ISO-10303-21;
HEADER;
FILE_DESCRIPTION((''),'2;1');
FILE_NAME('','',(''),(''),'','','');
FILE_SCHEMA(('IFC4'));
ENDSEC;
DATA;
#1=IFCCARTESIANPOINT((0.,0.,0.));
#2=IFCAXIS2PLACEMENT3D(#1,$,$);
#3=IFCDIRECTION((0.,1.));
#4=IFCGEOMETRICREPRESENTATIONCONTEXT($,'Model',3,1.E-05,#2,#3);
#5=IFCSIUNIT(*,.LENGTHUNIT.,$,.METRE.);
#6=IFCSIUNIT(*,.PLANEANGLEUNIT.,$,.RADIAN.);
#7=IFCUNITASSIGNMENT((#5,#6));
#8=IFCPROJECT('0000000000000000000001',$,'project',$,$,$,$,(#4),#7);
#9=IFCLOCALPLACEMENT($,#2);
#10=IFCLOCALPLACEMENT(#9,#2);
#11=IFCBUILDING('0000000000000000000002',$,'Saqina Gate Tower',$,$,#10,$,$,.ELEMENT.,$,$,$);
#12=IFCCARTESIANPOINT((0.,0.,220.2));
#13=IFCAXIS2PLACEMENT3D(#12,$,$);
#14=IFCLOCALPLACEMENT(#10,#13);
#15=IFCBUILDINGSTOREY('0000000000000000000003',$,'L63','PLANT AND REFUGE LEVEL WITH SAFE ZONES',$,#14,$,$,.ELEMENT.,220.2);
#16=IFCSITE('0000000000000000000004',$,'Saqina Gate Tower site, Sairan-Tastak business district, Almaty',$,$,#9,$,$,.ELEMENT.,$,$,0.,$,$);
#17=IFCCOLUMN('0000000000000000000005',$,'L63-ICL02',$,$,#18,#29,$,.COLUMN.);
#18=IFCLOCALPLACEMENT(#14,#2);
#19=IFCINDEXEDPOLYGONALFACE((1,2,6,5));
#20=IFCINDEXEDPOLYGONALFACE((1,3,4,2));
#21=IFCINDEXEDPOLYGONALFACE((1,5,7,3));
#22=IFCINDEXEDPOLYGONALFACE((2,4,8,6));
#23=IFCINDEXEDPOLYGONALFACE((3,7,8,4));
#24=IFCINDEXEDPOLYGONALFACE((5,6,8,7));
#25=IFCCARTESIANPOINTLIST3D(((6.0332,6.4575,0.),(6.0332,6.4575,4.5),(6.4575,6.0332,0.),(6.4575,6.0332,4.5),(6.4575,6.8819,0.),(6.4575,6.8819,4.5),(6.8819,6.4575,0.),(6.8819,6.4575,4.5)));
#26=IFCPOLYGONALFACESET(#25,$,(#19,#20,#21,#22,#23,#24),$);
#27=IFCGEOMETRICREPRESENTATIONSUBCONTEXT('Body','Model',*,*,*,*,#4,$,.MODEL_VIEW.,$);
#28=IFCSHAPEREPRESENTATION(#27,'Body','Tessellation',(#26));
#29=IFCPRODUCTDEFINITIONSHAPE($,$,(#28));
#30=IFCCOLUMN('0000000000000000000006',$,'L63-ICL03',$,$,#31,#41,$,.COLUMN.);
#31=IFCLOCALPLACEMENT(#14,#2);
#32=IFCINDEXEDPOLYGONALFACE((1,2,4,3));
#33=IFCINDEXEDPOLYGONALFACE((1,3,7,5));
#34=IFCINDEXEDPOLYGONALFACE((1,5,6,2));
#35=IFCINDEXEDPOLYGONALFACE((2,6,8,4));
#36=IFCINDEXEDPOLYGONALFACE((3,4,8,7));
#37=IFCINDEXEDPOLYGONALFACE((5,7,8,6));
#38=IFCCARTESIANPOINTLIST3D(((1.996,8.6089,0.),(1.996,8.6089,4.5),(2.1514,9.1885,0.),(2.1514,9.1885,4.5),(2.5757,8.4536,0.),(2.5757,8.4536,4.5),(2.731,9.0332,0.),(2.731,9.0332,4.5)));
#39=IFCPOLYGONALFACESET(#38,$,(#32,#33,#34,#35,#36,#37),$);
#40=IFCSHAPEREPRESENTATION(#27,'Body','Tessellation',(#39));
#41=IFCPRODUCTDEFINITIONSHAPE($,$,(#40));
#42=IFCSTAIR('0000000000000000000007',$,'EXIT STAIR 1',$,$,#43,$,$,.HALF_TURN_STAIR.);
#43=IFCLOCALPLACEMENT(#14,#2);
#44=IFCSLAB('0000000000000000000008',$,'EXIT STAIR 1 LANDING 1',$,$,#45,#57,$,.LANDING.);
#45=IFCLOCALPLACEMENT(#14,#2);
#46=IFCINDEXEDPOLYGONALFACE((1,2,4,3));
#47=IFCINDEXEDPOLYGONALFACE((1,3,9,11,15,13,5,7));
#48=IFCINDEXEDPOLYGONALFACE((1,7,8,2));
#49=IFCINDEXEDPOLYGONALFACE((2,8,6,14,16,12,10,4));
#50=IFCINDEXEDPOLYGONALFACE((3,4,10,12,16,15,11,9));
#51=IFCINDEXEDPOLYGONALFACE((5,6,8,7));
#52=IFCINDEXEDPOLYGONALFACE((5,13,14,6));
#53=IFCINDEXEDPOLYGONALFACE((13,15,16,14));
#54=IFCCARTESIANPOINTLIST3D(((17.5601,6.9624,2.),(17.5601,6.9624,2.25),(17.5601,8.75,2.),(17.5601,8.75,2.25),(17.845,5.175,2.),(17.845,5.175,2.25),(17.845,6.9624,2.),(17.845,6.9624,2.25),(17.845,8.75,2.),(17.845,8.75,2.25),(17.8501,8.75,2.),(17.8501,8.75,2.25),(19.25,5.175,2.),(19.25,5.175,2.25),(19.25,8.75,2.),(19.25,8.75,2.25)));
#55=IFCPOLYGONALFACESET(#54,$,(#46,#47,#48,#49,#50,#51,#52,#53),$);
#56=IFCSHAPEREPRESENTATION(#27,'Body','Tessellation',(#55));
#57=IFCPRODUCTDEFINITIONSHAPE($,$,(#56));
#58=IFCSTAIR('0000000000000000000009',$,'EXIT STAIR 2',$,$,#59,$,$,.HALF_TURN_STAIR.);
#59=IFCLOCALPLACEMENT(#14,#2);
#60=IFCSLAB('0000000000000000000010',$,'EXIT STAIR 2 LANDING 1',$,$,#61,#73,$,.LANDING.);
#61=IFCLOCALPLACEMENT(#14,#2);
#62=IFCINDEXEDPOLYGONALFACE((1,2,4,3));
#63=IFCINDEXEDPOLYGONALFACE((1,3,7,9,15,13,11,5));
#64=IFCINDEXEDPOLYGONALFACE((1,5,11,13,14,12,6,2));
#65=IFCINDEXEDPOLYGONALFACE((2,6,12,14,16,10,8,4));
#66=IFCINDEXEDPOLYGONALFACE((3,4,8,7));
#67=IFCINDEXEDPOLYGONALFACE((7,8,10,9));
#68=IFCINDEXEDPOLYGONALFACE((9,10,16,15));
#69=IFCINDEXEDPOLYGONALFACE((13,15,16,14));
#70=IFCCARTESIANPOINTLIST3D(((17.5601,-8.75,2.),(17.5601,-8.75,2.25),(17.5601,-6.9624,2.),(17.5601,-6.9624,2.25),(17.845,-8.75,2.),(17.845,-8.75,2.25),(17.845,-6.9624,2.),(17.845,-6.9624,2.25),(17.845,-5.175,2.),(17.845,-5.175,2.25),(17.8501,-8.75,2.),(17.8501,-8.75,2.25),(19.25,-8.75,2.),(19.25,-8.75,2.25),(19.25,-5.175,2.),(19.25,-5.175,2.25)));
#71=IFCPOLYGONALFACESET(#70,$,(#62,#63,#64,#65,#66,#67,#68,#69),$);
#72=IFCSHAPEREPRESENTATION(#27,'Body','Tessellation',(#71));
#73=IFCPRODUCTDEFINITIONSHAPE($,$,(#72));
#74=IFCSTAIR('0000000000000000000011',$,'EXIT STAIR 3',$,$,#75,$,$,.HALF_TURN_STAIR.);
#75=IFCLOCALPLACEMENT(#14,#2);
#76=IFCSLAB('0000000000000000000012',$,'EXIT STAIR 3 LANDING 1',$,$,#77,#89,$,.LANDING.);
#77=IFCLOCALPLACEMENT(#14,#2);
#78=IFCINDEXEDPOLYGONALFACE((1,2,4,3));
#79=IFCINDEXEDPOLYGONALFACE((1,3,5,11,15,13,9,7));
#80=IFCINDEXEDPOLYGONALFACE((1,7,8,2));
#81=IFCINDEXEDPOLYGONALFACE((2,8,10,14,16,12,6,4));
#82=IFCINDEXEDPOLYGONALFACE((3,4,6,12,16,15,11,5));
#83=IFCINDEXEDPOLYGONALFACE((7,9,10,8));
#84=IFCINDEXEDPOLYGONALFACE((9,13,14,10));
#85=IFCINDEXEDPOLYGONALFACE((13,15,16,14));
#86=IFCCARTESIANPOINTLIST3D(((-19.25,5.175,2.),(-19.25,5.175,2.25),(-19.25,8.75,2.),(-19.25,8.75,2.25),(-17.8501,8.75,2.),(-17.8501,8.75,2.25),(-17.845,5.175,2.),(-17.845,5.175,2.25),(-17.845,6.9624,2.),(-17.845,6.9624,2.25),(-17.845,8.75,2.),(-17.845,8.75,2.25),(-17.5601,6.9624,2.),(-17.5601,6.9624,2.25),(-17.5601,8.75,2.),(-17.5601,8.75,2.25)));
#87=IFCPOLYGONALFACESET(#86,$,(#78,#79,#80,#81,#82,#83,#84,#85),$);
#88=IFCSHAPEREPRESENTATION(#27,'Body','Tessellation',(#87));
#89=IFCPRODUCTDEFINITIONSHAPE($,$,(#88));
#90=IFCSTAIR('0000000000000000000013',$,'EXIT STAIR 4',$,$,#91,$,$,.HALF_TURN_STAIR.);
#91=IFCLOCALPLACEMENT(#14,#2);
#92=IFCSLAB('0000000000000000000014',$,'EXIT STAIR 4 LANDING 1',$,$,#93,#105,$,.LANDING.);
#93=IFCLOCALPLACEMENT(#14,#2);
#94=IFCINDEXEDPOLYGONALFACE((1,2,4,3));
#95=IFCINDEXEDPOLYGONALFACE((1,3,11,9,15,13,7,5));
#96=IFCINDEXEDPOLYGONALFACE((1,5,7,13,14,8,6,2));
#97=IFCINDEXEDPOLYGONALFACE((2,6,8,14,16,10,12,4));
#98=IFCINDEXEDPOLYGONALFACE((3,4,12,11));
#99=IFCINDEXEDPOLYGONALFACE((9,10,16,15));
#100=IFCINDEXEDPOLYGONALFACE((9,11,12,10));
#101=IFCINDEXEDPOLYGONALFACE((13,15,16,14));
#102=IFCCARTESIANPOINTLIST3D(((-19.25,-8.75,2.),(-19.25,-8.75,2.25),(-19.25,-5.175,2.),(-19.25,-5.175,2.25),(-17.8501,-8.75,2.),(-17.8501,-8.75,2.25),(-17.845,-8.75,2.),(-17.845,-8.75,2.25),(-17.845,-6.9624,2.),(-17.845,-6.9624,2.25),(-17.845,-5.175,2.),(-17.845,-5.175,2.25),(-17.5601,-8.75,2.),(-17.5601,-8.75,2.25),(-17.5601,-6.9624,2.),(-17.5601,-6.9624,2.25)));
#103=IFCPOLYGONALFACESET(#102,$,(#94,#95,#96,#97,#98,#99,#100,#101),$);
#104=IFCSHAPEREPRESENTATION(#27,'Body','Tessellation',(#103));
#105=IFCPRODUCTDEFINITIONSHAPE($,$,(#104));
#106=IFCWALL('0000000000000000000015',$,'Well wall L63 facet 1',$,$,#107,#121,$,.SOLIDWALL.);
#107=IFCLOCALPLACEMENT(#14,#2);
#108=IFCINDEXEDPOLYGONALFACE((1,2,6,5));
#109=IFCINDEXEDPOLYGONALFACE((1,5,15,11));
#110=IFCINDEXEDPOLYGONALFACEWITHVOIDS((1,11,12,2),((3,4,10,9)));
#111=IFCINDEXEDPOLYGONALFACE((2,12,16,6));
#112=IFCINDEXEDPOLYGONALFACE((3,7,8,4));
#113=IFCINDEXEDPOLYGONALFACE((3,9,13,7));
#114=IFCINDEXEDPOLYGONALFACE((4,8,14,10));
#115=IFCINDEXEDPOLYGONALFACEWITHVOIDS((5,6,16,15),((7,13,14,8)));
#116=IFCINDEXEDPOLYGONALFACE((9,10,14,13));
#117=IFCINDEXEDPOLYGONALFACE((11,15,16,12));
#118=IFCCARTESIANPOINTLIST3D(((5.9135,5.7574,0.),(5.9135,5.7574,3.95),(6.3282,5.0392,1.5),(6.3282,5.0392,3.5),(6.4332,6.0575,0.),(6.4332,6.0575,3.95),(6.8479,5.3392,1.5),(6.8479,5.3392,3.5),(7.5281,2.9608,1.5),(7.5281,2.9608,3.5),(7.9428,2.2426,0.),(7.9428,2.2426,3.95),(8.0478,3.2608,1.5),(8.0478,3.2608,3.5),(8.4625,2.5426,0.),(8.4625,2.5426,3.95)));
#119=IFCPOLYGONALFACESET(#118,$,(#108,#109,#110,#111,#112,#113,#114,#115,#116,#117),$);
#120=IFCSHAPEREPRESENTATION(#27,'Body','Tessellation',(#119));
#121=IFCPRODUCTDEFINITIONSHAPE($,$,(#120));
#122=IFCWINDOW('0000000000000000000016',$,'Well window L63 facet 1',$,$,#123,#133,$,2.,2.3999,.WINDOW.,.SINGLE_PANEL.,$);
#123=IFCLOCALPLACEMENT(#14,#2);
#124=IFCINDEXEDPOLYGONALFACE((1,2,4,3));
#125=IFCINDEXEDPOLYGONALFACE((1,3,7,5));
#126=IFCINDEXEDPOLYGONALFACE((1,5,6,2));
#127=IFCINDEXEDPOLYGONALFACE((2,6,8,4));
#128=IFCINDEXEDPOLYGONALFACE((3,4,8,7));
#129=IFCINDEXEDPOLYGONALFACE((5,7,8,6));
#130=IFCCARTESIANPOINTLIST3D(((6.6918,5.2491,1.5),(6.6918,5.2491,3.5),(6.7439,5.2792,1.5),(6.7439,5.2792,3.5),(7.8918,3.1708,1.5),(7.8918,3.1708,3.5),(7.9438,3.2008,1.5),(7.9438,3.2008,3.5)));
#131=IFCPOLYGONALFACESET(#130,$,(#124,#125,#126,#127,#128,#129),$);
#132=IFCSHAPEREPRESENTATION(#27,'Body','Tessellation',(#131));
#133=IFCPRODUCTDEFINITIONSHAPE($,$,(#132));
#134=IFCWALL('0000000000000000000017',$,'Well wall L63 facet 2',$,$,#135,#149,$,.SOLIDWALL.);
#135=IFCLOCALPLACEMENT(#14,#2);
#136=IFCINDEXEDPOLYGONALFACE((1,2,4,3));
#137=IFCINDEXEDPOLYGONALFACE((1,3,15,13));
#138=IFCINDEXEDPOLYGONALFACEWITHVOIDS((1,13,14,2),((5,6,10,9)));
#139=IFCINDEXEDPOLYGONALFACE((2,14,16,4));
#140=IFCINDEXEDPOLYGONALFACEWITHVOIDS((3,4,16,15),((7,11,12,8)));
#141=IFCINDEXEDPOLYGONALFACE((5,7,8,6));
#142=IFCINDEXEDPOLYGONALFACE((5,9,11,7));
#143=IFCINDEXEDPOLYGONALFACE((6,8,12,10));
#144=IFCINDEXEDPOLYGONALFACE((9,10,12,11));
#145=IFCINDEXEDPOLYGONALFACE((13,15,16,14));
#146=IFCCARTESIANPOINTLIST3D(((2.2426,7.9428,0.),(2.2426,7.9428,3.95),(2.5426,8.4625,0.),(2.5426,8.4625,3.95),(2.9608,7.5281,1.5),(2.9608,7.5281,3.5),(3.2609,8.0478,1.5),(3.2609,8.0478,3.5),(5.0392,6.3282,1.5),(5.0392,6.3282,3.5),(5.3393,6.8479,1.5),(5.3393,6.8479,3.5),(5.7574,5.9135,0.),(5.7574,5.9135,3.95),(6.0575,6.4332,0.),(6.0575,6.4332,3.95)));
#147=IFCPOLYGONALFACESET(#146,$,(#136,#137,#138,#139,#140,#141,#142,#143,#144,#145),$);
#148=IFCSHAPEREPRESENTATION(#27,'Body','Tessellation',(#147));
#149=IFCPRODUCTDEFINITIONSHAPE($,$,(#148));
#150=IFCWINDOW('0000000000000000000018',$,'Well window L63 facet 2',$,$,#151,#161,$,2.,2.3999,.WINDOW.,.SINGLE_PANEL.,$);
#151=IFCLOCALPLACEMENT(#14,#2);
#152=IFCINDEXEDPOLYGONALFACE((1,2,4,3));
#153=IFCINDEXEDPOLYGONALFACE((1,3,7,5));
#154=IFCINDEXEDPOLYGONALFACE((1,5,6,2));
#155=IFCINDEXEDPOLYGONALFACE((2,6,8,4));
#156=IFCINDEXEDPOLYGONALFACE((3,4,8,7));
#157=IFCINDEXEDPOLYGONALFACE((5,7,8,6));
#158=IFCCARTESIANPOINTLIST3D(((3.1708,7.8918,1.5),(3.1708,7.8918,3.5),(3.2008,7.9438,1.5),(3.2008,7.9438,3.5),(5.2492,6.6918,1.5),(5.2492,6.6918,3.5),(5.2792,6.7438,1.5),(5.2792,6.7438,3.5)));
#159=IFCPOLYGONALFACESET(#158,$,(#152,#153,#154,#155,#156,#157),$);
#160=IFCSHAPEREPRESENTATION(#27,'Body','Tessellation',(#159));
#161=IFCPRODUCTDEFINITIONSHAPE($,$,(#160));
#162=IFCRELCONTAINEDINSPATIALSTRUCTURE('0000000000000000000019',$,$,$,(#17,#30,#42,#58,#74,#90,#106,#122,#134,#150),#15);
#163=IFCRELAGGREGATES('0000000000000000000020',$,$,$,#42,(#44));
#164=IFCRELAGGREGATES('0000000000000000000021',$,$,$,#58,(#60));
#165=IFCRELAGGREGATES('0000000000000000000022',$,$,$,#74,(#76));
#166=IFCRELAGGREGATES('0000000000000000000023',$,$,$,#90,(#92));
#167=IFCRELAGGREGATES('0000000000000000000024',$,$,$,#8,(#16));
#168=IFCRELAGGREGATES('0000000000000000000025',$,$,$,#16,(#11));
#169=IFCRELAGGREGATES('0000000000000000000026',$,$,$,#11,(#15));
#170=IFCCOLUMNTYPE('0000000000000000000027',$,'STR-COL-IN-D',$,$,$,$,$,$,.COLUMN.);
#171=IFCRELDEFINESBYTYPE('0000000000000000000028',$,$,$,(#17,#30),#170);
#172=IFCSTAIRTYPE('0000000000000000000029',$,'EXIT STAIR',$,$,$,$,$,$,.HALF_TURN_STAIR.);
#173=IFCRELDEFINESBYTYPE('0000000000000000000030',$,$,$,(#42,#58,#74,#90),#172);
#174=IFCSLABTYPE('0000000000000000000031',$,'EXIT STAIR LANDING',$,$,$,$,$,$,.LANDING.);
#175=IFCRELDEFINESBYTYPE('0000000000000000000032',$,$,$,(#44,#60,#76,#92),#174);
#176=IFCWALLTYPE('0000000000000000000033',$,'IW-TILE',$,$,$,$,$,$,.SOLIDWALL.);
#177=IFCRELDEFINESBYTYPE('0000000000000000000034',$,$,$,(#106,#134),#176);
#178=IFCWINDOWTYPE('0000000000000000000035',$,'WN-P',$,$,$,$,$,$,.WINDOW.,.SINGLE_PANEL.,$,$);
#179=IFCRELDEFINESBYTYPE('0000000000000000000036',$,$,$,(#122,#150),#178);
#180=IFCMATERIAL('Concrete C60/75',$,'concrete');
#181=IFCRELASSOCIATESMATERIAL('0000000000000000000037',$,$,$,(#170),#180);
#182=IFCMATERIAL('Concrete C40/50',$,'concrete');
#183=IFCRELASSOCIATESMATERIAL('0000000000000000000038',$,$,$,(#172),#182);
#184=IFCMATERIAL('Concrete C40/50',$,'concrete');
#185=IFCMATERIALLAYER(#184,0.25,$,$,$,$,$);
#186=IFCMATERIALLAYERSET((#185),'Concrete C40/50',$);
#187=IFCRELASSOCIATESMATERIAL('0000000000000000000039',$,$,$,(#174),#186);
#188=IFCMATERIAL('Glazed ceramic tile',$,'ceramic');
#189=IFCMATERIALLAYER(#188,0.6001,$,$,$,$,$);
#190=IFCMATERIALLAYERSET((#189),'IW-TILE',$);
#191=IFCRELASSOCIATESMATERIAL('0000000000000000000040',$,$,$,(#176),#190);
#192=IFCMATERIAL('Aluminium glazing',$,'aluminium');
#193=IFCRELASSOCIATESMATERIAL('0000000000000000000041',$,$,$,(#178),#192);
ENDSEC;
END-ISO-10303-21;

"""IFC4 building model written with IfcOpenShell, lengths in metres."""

from ifc_helpers import new_model, si_unit, direction, frame, frame_2d, origin, origin_2d, place, context, subcontext, project, spatial, polyline, rectangle, outline, extrude, material, layer, layer_set, material_profile, profile_set, type_object, element, fill, aggregate, save


model = new_model("IFC4")

# Units and contexts
model_context = context("Model", 3, precision=1e-05, world=origin(), true_north=direction((0.0, 1.0)))
body_context = subcontext(model_context, "Body", "Model", "MODEL_VIEW")
ifc_project = project(units=[si_unit("LENGTHUNIT", "METRE"), si_unit("PLANEANGLEUNIT", "RADIAN")], contexts=[model_context])

# Site, building, storey
site_placement = place(None, origin())
site = spatial("IfcSite", under=ifc_project, at=site_placement, Name="Saqina Gate Tower site, Sairan-Tastak business district, Almaty", CompositionType="ELEMENT", RefElevation=0.0)
building_placement = place(site_placement, origin())
building = spatial("IfcBuilding", under=site, at=building_placement, Name="Saqina Gate Tower", CompositionType="ELEMENT")
storey_placement = place(building_placement, frame((0.0, 0.0, 220.2)))
storey = spatial("IfcBuildingStorey", under=building, at=storey_placement, Name="L63", Description="PLANT AND REFUGE LEVEL WITH SAFE ZONES", CompositionType="ELEMENT", Elevation=220.2)

# Columns
ifc_material_1 = material(Name="Concrete C60/75", Category="concrete")
ifc_material_profile = material_profile(ifc_material_1, rectangle(XDim=0.6001, YDim=0.6001, at=origin_2d()), Name="RC 600x600")
ifc_profile_set = profile_set([ifc_material_profile], Name="Concrete C60/75")
column_type = type_object("IfcColumnType", Name="STR-COL-IN-D", PredefinedType="COLUMN", material=ifc_profile_set)
for number, where, z_axis, x_axis, name in (
    (1, (6.4575, 6.4575, 0.0), (0.0, 0.0, 1.0), (0.707107, 0.707107, 0.0), "L63-ICL02"),
    (2, (2.3635, 8.821, 0.0), (0.0, 0.0, 1.0), (0.258819, 0.965926, 0.0), "L63-ICL03"),
):
    element("IfcColumn", number, at=place(storey_placement, frame(where, z_axis=z_axis, x_axis=x_axis)), inside=storey, type_object=column_type, Name=name, PredefinedType="COLUMN", context=body_context, shape_type="SweptSolid", body=[
        extrude(rectangle(XDim=0.6001, YDim=0.6001, at=origin_2d()), origin(), (0.0, 0.0, 1.0), 4.5),
    ])

# Stairs, slabs
ifc_material_2 = material(Name="Concrete C40/50", Category="concrete")
stair_type = type_object("IfcStairType", Name="EXIT STAIR", PredefinedType="HALF_TURN_STAIR", material=ifc_material_2)
stair_1_placement = place(storey_placement, origin())
stair_1 = element("IfcStair", 3, at=stair_1_placement, inside=storey, type_object=stair_type, Name="EXIT STAIR 1", PredefinedType="HALF_TURN_STAIR")
ifc_material_3 = material(Name="Concrete C40/50", Category="concrete")
ifc_layer_1 = layer(ifc_material_3, 0.25)
ifc_layer_set_1 = layer_set([ifc_layer_1], Name="Concrete C40/50")
slab_type = type_object("IfcSlabType", Name="EXIT STAIR LANDING", PredefinedType="LANDING", material=ifc_layer_set_1)
slab_1_placement = place(storey_placement, frame((0.0, 0.0, 2.0)))
slab_1 = element("IfcSlab", 4, at=slab_1_placement, type_object=slab_type, Name="EXIT STAIR 1 LANDING 1", PredefinedType="LANDING", context=body_context, shape_type="SweptSolid", body=[
    extrude(outline(polyline([(19.25, 8.75), (19.25, 5.175), (17.845, 5.175), (17.845, 6.9624), (17.5601, 6.9624), (17.5601, 8.75), (17.845, 8.75), (17.8501, 8.75), (19.25, 8.75)])), origin(), (0.0, 0.0, 1.0), 0.25),
])
aggregate(stair_1, [slab_1])
stair_2_placement = place(storey_placement, origin())
stair_2 = element("IfcStair", 5, at=stair_2_placement, inside=storey, type_object=stair_type, Name="EXIT STAIR 2", PredefinedType="HALF_TURN_STAIR")
slab_2_placement = place(storey_placement, frame((0.0, 0.0, 2.0)))
slab_2 = element("IfcSlab", 6, at=slab_2_placement, type_object=slab_type, Name="EXIT STAIR 2 LANDING 1", PredefinedType="LANDING", context=body_context, shape_type="SweptSolid", body=[
    extrude(outline(polyline([(17.5601, -8.75), (17.5601, -6.9624), (17.845, -6.9624), (17.845, -5.175), (19.25, -5.175), (19.25, -8.75), (17.8501, -8.75), (17.845, -8.75), (17.5601, -8.75)])), origin(), (0.0, 0.0, 1.0), 0.25),
])
aggregate(stair_2, [slab_2])
stair_3_placement = place(storey_placement, origin())
stair_3 = element("IfcStair", 7, at=stair_3_placement, inside=storey, type_object=stair_type, Name="EXIT STAIR 3", PredefinedType="HALF_TURN_STAIR")
slab_3_placement = place(storey_placement, frame((0.0, 0.0, 2.0)))
slab_3 = element("IfcSlab", 8, at=slab_3_placement, type_object=slab_type, Name="EXIT STAIR 3 LANDING 1", PredefinedType="LANDING", context=body_context, shape_type="SweptSolid", body=[
    extrude(outline(polyline([(-17.845, 5.175), (-19.25, 5.175), (-19.25, 8.75), (-17.8501, 8.75), (-17.845, 8.75), (-17.5601, 8.75), (-17.5601, 6.9624), (-17.845, 6.9624), (-17.845, 5.175)])), origin(), (0.0, 0.0, 1.0), 0.25),
])
aggregate(stair_3, [slab_3])
stair_4_placement = place(storey_placement, origin())
stair_4 = element("IfcStair", 9, at=stair_4_placement, inside=storey, type_object=stair_type, Name="EXIT STAIR 4", PredefinedType="HALF_TURN_STAIR")
slab_4_placement = place(storey_placement, frame((0.0, 0.0, 2.0)))
slab_4 = element("IfcSlab", 10, at=slab_4_placement, type_object=slab_type, Name="EXIT STAIR 4 LANDING 1", PredefinedType="LANDING", context=body_context, shape_type="SweptSolid", body=[
    extrude(outline(polyline([(-17.5601, -6.9624), (-17.5601, -8.75), (-17.845, -8.75), (-17.8501, -8.75), (-19.25, -8.75), (-19.25, -5.175), (-17.845, -5.175), (-17.845, -6.9624), (-17.5601, -6.9624)])), origin(), (0.0, 0.0, 1.0), 0.25),
])
aggregate(stair_4, [slab_4])

# Walls, openings, windows
ifc_material_4 = material(Name="Glazed ceramic tile", Category="ceramic")
ifc_layer_2 = layer(ifc_material_4, 0.6001)
ifc_layer_set_2 = layer_set([ifc_layer_2], Name="IW-TILE")
wall_type_1 = type_object("IfcWallType", Name="IW-TILE", PredefinedType="SOLIDWALL", material=ifc_layer_set_2)
wall_1_placement = place(storey_placement, frame((8.2026, 2.3926, 0.0), z_axis=(0.0, 0.0, 1.0), x_axis=(-0.499995, 0.866028, 0.0)))
wall_1 = element("IfcWall", 11, at=wall_1_placement, inside=storey, type_object=wall_type_1, Name="Well wall L63 facet 1", PredefinedType="SOLIDWALL", context=body_context, shape_type="SweptSolid", body=[
    extrude(rectangle(XDim=4.0586, YDim=0.6001, at=frame_2d((2.0293, 0.0))), origin(), (0.0, 0.0, 1.0), 3.95),
])
opening_1_placement = place(wall_1_placement, frame((0.8293, 0.0, 1.5)))
opening_1 = element("IfcOpeningElement", 12, at=opening_1_placement, cuts=wall_1, PredefinedType="OPENING", context=body_context, shape_type="SweptSolid", body=[
    extrude(rectangle(XDim=2.3999, YDim=2.0, at=frame_2d((1.2, 1.0))), frame((0.0, 0.312, 0.0), z_axis=(0.0, -1.0, 0.0), x_axis=(1.0, 0.0, 0.0)), (0.0, 0.0, 1.0), 0.624),
])
ifc_material_5 = material(Name="Aluminium glazing", Category="aluminium")
window_type = type_object("IfcWindowType", Name="WN-P", PartitioningType="SINGLE_PANEL", PredefinedType="WINDOW", material=ifc_material_5)
window_1_placement = place(opening_1_placement, origin())
window_1 = element("IfcWindow", 13, at=window_1_placement, inside=storey, type_object=window_type, Name="Well window L63 facet 1", OverallHeight=2.0, OverallWidth=2.3999, PartitioningType="SINGLE_PANEL", PredefinedType="WINDOW", context=body_context, shape_type="SweptSolid", body=[
    extrude(rectangle(XDim=2.3999, YDim=2.0, at=frame_2d((1.2, 1.0))), frame((0.0, -0.1199, 0.0), z_axis=(0.0, -1.0, 0.0), x_axis=(1.0, 0.0, 0.0)), (0.0, 0.0, 1.0), 0.0601),
])
fill(opening_1, window_1)
wall_2_placement = place(storey_placement, frame((5.9075, 6.1733, 0.0), z_axis=(0.0, 0.0, 1.0), x_axis=(-0.866028, 0.499995, 0.0)))
wall_2 = element("IfcWall", 14, at=wall_2_placement, inside=storey, type_object=wall_type_1, Name="Well wall L63 facet 2", PredefinedType="SOLIDWALL", context=body_context, shape_type="SweptSolid", body=[
    extrude(rectangle(XDim=4.0586, YDim=0.6001, at=frame_2d((2.0293, 0.0))), origin(), (0.0, 0.0, 1.0), 3.95),
])
opening_2_placement = place(wall_2_placement, frame((0.8293, 0.0, 1.5)))
opening_2 = element("IfcOpeningElement", 15, at=opening_2_placement, cuts=wall_2, PredefinedType="OPENING", context=body_context, shape_type="SweptSolid", body=[
    extrude(rectangle(XDim=2.3999, YDim=2.0, at=frame_2d((1.2, 1.0))), frame((0.0, 0.312, 0.0), z_axis=(0.0, -1.0, 0.0), x_axis=(1.0, 0.0, 0.0)), (0.0, 0.0, 1.0), 0.624),
])
window_2_placement = place(opening_2_placement, origin())
window_2 = element("IfcWindow", 16, at=window_2_placement, inside=storey, type_object=window_type, Name="Well window L63 facet 2", OverallHeight=2.0, OverallWidth=2.3999, PartitioningType="SINGLE_PANEL", PredefinedType="WINDOW", context=body_context, shape_type="SweptSolid", body=[
    extrude(rectangle(XDim=2.3999, YDim=2.0, at=frame_2d((1.2, 1.0))), frame((0.0, -0.1199, 0.0), z_axis=(0.0, -1.0, 0.0), x_axis=(1.0, 0.0, 0.0)), (0.0, 0.0, 1.0), 0.0601),
])
fill(opening_2, window_2)

save(model, "model.ifc")
